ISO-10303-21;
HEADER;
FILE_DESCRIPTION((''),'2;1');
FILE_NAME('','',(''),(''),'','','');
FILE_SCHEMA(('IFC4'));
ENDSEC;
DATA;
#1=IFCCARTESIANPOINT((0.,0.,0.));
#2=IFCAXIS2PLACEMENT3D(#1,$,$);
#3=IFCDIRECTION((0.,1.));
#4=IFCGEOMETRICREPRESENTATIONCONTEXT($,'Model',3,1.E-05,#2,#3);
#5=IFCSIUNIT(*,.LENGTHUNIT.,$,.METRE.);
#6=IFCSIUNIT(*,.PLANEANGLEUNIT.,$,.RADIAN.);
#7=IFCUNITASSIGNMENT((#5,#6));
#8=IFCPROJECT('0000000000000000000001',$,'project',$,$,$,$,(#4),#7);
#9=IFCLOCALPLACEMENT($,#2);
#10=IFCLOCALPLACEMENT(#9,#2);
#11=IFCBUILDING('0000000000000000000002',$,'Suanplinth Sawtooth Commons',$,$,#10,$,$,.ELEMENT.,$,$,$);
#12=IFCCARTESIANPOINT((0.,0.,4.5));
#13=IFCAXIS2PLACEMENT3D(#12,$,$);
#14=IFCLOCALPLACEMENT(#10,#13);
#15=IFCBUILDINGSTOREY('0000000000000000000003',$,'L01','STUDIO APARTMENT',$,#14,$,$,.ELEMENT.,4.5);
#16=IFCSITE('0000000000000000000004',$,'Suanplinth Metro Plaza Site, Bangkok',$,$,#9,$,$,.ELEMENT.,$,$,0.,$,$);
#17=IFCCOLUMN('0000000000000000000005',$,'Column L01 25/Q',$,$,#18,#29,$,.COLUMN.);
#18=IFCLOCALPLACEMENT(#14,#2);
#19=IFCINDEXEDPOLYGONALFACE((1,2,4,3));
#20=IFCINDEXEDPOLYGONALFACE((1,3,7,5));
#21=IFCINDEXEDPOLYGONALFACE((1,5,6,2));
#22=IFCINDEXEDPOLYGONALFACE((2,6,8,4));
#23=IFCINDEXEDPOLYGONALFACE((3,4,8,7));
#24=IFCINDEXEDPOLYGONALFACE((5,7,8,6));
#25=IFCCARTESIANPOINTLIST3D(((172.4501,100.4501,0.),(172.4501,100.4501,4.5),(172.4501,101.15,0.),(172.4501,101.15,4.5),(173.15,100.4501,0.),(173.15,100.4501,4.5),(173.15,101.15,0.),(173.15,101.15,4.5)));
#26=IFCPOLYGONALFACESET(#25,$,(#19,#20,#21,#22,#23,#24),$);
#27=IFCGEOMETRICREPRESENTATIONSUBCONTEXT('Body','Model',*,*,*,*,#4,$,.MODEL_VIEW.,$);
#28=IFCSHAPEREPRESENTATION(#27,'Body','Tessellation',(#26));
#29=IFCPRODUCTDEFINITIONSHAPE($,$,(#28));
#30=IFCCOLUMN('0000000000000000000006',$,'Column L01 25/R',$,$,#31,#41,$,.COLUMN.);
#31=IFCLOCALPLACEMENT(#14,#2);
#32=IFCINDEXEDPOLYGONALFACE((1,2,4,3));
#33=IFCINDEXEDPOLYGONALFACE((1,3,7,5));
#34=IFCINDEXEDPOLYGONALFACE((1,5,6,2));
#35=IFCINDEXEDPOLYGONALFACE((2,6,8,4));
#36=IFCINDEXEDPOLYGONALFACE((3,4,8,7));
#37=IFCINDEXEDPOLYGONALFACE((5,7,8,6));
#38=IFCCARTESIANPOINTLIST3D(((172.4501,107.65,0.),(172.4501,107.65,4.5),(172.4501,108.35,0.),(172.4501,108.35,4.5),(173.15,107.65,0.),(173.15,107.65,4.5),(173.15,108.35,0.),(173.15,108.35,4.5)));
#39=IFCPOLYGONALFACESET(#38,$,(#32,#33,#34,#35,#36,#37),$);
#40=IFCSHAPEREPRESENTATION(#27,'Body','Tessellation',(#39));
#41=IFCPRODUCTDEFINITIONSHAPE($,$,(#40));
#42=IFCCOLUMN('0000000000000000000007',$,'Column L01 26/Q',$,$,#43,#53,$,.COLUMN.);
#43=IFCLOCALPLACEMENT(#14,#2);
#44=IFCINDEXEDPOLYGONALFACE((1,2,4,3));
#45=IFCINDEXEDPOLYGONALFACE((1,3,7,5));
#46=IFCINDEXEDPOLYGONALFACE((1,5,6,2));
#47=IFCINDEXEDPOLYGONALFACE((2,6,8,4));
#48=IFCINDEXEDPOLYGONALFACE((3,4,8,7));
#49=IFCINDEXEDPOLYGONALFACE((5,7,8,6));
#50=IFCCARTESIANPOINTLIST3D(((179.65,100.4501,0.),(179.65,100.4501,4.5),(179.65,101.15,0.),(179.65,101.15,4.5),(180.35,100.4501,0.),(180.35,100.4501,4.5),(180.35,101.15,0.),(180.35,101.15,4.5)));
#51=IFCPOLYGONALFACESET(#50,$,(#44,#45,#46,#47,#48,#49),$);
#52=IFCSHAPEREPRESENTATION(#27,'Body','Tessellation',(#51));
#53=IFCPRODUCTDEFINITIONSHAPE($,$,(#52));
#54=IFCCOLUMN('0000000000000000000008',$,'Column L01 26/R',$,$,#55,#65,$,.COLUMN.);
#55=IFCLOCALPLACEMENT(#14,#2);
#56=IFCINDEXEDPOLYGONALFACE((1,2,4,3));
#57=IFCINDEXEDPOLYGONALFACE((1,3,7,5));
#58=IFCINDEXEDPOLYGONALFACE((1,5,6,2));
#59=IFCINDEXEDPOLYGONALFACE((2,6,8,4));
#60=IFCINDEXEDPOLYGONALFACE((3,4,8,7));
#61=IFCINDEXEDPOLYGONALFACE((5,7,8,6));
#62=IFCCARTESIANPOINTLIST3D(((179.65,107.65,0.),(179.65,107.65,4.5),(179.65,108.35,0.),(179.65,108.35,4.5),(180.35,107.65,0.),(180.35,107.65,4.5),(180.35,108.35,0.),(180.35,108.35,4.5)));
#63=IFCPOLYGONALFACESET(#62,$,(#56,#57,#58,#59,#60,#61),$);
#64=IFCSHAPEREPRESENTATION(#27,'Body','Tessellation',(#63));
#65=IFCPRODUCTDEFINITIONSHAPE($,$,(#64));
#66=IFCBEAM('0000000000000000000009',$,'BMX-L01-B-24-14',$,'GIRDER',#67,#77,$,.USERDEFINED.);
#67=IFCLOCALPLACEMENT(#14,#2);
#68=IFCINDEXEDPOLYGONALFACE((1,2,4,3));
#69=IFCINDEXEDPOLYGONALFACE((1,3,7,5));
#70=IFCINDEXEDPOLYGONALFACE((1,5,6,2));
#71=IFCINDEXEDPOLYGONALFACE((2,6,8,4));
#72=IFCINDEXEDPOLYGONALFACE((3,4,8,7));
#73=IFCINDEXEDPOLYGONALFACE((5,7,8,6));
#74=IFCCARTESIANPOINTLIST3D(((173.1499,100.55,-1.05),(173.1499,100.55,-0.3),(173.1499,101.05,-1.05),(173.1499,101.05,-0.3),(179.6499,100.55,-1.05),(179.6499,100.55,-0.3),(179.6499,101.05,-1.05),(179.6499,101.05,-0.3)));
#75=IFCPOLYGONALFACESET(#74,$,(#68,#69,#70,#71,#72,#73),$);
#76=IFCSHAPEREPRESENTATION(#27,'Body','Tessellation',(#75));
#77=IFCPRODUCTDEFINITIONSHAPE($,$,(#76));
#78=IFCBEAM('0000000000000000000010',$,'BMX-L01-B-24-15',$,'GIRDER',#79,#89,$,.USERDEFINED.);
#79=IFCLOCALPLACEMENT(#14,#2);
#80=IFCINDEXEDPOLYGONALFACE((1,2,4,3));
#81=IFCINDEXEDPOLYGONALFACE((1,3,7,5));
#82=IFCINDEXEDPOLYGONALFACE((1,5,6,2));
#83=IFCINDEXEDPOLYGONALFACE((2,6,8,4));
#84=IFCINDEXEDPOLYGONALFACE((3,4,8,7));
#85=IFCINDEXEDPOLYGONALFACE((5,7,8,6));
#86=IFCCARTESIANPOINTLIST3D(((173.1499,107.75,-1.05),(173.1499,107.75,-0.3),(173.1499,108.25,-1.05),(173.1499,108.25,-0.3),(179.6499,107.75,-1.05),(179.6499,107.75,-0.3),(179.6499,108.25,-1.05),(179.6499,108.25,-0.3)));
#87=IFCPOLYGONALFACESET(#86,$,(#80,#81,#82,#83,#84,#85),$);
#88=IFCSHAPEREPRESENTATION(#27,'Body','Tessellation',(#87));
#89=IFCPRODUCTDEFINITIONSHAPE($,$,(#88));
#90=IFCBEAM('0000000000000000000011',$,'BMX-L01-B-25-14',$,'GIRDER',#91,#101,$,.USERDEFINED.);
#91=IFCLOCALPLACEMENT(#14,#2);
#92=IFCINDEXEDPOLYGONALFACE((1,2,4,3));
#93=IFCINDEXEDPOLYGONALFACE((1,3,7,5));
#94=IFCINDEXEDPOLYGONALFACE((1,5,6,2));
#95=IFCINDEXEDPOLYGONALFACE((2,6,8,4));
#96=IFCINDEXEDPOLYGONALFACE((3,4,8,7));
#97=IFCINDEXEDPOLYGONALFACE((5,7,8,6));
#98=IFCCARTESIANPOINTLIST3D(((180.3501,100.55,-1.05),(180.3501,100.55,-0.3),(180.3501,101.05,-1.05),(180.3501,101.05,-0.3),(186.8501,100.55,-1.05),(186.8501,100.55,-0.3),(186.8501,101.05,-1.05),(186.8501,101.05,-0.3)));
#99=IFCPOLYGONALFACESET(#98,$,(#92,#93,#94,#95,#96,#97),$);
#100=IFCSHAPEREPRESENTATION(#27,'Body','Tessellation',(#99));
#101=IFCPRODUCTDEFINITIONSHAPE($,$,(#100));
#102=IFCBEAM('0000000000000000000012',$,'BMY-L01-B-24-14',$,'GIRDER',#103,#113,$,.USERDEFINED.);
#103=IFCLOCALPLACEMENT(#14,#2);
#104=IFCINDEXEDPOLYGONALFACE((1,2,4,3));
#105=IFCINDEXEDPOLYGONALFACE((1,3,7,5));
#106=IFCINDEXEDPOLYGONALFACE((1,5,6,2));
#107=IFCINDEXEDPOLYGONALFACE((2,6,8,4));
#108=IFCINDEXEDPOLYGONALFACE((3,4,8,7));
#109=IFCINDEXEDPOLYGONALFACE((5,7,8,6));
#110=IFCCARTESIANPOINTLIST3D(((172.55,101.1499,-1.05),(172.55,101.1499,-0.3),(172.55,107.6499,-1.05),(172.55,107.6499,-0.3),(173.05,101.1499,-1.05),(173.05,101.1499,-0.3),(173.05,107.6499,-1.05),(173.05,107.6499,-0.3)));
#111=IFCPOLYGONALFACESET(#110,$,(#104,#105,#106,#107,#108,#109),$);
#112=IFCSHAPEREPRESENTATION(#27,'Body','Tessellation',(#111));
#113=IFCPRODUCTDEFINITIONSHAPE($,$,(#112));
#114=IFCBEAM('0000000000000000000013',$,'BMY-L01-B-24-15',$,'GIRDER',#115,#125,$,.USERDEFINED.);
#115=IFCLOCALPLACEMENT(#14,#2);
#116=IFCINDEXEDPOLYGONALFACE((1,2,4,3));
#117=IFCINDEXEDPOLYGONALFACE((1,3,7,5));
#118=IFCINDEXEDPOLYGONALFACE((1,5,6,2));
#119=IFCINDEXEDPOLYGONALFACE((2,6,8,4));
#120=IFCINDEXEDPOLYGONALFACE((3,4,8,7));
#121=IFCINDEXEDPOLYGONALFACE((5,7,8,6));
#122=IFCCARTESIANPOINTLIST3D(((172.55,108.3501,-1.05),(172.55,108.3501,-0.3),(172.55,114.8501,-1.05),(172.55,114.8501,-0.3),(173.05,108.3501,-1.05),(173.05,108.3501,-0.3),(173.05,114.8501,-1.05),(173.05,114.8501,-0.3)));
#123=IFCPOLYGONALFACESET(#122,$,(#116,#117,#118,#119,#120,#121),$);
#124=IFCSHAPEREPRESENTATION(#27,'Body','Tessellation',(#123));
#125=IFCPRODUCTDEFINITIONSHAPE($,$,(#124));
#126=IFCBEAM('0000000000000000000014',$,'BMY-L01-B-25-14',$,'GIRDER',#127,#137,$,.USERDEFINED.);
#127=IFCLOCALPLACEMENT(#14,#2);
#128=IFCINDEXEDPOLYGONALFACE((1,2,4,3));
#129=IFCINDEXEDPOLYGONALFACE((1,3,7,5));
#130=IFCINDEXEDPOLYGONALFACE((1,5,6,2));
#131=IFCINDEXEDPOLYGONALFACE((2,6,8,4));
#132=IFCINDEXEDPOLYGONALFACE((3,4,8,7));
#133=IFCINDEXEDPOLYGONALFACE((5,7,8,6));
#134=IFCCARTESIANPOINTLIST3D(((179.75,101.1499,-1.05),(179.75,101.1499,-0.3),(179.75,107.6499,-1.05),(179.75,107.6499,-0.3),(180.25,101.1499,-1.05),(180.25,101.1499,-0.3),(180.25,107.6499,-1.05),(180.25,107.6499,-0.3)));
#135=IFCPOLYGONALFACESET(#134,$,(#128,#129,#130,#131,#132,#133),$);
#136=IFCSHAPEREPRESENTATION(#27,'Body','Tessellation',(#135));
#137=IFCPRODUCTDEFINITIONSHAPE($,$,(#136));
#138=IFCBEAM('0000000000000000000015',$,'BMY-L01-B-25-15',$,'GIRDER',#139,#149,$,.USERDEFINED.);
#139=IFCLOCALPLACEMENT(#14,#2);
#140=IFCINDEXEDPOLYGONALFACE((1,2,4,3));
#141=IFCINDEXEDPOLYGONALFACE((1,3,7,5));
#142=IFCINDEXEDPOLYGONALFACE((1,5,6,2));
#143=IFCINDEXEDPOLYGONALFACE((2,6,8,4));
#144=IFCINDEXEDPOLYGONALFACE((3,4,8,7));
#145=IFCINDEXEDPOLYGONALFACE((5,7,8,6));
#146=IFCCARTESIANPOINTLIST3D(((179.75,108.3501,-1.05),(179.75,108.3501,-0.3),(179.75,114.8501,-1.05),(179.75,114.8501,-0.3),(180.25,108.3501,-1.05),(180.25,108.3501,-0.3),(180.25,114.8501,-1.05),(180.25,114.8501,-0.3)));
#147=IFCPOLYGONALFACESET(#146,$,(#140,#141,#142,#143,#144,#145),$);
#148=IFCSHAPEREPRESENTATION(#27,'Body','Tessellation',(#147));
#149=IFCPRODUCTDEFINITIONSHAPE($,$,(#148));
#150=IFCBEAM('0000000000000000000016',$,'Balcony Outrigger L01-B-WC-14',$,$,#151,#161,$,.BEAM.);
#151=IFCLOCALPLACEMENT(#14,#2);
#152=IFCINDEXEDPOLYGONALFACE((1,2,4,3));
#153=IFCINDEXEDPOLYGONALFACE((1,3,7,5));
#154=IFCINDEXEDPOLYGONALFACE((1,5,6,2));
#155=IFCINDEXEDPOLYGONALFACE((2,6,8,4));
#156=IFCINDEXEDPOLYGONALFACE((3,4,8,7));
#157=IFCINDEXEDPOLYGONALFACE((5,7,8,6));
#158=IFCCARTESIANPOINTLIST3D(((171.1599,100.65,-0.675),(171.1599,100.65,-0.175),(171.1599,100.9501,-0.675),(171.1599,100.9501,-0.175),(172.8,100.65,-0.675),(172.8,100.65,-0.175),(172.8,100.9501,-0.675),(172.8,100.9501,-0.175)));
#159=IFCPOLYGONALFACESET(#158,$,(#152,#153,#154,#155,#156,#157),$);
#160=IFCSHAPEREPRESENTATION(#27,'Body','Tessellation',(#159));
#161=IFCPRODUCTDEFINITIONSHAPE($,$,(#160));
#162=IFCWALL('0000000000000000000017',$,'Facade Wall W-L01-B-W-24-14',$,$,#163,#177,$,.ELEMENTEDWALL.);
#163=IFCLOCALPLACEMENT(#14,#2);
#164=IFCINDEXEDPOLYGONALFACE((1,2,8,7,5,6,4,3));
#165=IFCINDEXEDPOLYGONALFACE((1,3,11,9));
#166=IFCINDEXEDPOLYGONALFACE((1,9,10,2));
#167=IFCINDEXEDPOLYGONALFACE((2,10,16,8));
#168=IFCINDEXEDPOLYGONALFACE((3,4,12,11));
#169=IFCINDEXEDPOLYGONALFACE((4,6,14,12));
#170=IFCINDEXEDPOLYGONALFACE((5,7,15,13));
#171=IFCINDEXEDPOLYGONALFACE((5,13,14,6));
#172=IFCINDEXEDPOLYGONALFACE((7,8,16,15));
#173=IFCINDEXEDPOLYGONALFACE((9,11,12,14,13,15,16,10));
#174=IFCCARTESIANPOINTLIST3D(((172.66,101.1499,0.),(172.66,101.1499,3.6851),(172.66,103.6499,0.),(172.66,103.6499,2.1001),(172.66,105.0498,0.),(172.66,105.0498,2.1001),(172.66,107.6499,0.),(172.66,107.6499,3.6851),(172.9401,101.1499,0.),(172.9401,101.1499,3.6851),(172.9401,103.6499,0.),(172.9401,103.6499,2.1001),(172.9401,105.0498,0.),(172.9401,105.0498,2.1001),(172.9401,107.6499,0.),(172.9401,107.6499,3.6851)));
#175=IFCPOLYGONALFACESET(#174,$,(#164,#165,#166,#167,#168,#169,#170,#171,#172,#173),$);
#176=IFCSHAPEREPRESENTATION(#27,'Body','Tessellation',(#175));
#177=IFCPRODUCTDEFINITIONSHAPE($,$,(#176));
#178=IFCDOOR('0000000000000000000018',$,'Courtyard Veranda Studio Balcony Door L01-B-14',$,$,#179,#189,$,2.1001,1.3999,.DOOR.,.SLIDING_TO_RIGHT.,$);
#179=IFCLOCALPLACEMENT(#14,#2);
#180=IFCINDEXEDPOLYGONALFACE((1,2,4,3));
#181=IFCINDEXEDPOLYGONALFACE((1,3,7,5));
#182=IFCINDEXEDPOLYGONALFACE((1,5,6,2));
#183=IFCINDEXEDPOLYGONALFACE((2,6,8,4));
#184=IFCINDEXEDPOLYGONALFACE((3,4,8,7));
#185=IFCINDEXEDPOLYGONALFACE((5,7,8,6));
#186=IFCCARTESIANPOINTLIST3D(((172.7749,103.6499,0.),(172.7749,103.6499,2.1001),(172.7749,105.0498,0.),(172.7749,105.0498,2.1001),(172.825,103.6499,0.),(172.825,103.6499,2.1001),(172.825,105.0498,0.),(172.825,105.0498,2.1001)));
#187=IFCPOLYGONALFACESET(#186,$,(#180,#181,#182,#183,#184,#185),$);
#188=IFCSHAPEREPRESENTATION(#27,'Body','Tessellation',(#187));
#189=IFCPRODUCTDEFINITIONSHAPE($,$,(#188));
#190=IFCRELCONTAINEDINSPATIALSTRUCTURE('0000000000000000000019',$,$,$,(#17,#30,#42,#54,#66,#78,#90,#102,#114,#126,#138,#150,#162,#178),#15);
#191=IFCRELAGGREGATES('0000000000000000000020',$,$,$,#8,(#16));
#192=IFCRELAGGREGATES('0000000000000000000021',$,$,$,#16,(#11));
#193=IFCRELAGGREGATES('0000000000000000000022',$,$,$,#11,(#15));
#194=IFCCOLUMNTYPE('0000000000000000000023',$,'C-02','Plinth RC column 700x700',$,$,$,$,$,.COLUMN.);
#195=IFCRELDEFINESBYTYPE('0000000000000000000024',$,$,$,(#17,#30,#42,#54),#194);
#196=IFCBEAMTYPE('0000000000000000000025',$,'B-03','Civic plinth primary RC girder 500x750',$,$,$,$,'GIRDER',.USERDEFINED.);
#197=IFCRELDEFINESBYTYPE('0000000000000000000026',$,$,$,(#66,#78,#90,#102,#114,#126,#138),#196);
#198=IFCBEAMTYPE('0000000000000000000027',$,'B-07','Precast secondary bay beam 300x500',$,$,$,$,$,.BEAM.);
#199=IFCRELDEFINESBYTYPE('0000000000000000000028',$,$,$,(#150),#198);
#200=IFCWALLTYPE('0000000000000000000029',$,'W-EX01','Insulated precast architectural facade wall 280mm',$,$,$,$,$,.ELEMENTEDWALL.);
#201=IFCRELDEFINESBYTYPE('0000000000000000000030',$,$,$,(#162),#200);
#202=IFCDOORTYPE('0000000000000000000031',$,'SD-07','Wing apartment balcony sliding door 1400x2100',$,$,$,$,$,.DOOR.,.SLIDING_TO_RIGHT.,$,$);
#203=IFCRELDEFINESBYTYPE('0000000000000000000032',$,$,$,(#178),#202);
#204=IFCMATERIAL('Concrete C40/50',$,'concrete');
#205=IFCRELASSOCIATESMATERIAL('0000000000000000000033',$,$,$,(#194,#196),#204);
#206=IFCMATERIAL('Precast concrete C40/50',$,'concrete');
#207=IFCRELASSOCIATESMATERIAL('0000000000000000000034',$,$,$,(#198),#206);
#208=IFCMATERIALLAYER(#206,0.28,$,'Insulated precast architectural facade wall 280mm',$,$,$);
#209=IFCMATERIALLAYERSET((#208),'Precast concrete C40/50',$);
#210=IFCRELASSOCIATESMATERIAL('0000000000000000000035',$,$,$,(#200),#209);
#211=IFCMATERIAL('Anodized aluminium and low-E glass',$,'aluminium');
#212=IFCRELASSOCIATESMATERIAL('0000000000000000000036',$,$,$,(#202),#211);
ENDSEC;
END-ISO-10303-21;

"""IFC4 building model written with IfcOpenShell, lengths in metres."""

from ifc_helpers import new_model, si_unit, direction, frame, frame_2d, origin, origin_2d, place, context, subcontext, project, spatial, rectangle, extrude, material, layer, layer_set, material_profile, profile_set, type_object, element, fill, save


model = new_model("IFC4")

# Units and contexts
model_context = context("Model", 3, precision=1e-05, world=origin(), true_north=direction((0.0, 1.0)))
body_context = subcontext(model_context, "Body", "Model", "MODEL_VIEW")
ifc_project = project(units=[si_unit("LENGTHUNIT", "METRE"), si_unit("PLANEANGLEUNIT", "RADIAN")], contexts=[model_context])

# Site, building, storey
site_placement = place(None, origin())
site = spatial("IfcSite", under=ifc_project, at=site_placement, Name="Suanplinth Metro Plaza Site, Bangkok", CompositionType="ELEMENT", RefElevation=0.0)
building_placement = place(site_placement, origin())
building = spatial("IfcBuilding", under=site, at=building_placement, Name="Suanplinth Sawtooth Commons", CompositionType="ELEMENT")
storey_placement = place(building_placement, frame((0.0, 0.0, 4.5)))
storey = spatial("IfcBuildingStorey", under=building, at=storey_placement, Name="L01", Description="STUDIO APARTMENT", CompositionType="ELEMENT", Elevation=4.5)

# Columns
ifc_material_1 = material(Name="Concrete C40/50", Category="concrete")
ifc_material_profile_1 = material_profile(ifc_material_1, rectangle(XDim=0.7, YDim=0.7, at=origin_2d()), Name="RC-COL 700x700")
ifc_profile_set_1 = profile_set([ifc_material_profile_1], Name="Concrete C40/50")
column_type = type_object("IfcColumnType", Name="C-02", Description="Plinth RC column 700x700", PredefinedType="COLUMN", material=ifc_profile_set_1)
for number, where, z_axis, x_axis, name in (
    (1, (172.8, 100.8, 0.0), (0.0, 0.0, 1.0), (1.0, 0.0, 0.0), "Column L01 25/Q"),
    (2, (172.8, 108.0, 0.0), (0.0, 0.0, 1.0), (1.0, 0.0, 0.0), "Column L01 25/R"),
    (3, (180.0, 100.8, 0.0), (0.0, 0.0, 1.0), (1.0, 0.0, 0.0), "Column L01 26/Q"),
    (4, (180.0, 108.0, 0.0), (0.0, 0.0, 1.0), (1.0, 0.0, 0.0), "Column L01 26/R"),
):
    element("IfcColumn", number, at=place(storey_placement, frame(where, z_axis=z_axis, x_axis=x_axis)), inside=storey, type_object=column_type, Name=name, PredefinedType="COLUMN", context=body_context, shape_type="SweptSolid", body=[
        extrude(rectangle(XDim=0.7, YDim=0.7, at=origin_2d()), origin(), (0.0, 0.0, 1.0), 4.5),
    ])

# Beams
ifc_material_profile_2 = material_profile(ifc_material_1, rectangle(XDim=0.5, YDim=0.75, at=origin_2d()), Name="RC-GDR 500x750")
ifc_profile_set_2 = profile_set([ifc_material_profile_2], Name="Concrete C40/50")
beam_type_1 = type_object("IfcBeamType", Name="B-03", Description="Civic plinth primary RC girder 500x750", ElementType="GIRDER", PredefinedType="USERDEFINED", material=ifc_profile_set_2)
for number, where, z_axis, x_axis, name in (
    (5, (173.1499, 100.8, -0.675), (1.0, 0.0, 0.0), (0.0, 1.0, 0.0), "BMX-L01-B-24-14"),
    (6, (173.1499, 108.0, -0.675), (1.0, 0.0, 0.0), (0.0, 1.0, 0.0), "BMX-L01-B-24-15"),
    (7, (180.3501, 100.8, -0.675), (1.0, 0.0, 0.0), (0.0, 1.0, 0.0), "BMX-L01-B-25-14"),
    (8, (172.8, 101.1499, -0.675), (0.0, 1.0, 0.0), (-1.0, 0.0, 0.0), "BMY-L01-B-24-14"),
    (9, (172.8, 108.3501, -0.675), (0.0, 1.0, 0.0), (-1.0, 0.0, 0.0), "BMY-L01-B-24-15"),
    (10, (180.0, 101.1499, -0.675), (0.0, 1.0, 0.0), (-1.0, 0.0, 0.0), "BMY-L01-B-25-14"),
    (11, (180.0, 108.3501, -0.675), (0.0, 1.0, 0.0), (-1.0, 0.0, 0.0), "BMY-L01-B-25-15"),
):
    element("IfcBeam", number, at=place(storey_placement, frame(where, z_axis=z_axis, x_axis=x_axis)), inside=storey, type_object=beam_type_1, Name=name, ObjectType="GIRDER", PredefinedType="USERDEFINED", context=body_context, shape_type="SweptSolid", body=[
        extrude(rectangle(XDim=0.5, YDim=0.75, at=origin_2d()), origin(), (0.0, 0.0, 1.0), 6.5),
    ])
ifc_material_2 = material(Name="Precast concrete C40/50", Category="concrete")
ifc_material_profile_3 = material_profile(ifc_material_2, rectangle(XDim=0.3, YDim=0.5, at=origin_2d()), Name="PC-BM 300x500")
ifc_profile_set_3 = profile_set([ifc_material_profile_3], Name="Precast concrete C40/50")
beam_type_2 = type_object("IfcBeamType", Name="B-07", Description="Precast secondary bay beam 300x500", PredefinedType="BEAM", material=ifc_profile_set_3)
beam_placement = place(storey_placement, frame((172.8, 100.8, -0.425), z_axis=(-1.0, 0.0, 0.0), x_axis=(0.0, -1.0, 0.0)))
element("IfcBeam", 12, at=beam_placement, inside=storey, type_object=beam_type_2, Name="Balcony Outrigger L01-B-WC-14", PredefinedType="BEAM", context=body_context, shape_type="SweptSolid", body=[
    extrude(rectangle(XDim=0.3, YDim=0.5, at=origin_2d()), origin(), (0.0, 0.0, 1.0), 1.6401),
])

# Wall, opening, door
ifc_layer_1 = layer(ifc_material_2, 0.28, Name="Insulated precast architectural facade wall 280mm")
ifc_layer_set_1 = layer_set([ifc_layer_1], Name="Precast concrete C40/50")
wall_type_1 = type_object("IfcWallType", Name="W-EX01", Description="Insulated precast architectural facade wall 280mm", PredefinedType="ELEMENTEDWALL", material=ifc_layer_set_1)
wall_1_placement = place(storey_placement, frame((172.8, 101.1499, 0.0), z_axis=(0.0, 0.0, 1.0), x_axis=(0.0, 1.0, 0.0)))
wall_1 = element("IfcWall", 13, at=wall_1_placement, inside=storey, type_object=wall_type_1, Name="Facade Wall W-L01-B-W-24-14", PredefinedType="ELEMENTEDWALL", context=body_context, shape_type="SweptSolid", body=[
    extrude(rectangle(XDim=6.5, YDim=0.28, at=frame_2d((3.25, 0.0))), origin(), (0.0, 0.0, 1.0), 3.6851),
])
opening_1_placement = place(wall_1_placement, frame((2.5, 0.0, 0.0)))
opening_1 = element("IfcOpeningElement", 14, at=opening_1_placement, cuts=wall_1, PredefinedType="OPENING", context=body_context, shape_type="SweptSolid", body=[
    extrude(rectangle(XDim=1.3999, YDim=2.1001, at=frame_2d((0.7, 1.05))), frame((0.0, 0.1548, 0.0), z_axis=(0.0, -1.0, 0.0), x_axis=(1.0, 0.0, 0.0)), (0.0, 0.0, 1.0), 0.3098),
])
ifc_material_3 = material(Name="Anodized aluminium and low-E glass", Category="aluminium")
door_type_1 = type_object("IfcDoorType", Name="SD-07", Description="Wing apartment balcony sliding door 1400x2100", OperationType="SLIDING_TO_RIGHT", PredefinedType="DOOR", material=ifc_material_3)
door_1_placement = place(opening_1_placement, frame((1.3999, 0.0, 0.0), z_axis=(0.0, 0.0, 1.0), x_axis=(-1.0, 0.0, 0.0)))
door_1 = element("IfcDoor", 15, at=door_1_placement, inside=storey, type_object=door_type_1, Name="Courtyard Veranda Studio Balcony Door L01-B-14", OperationType="SLIDING_TO_RIGHT", OverallHeight=2.1001, OverallWidth=1.3999, PredefinedType="DOOR", context=body_context, shape_type="SweptSolid", body=[
    extrude(rectangle(XDim=1.3999, YDim=2.1001, at=frame_2d((0.7, 1.05))), frame((0.0, 0.0249, 0.0), z_axis=(0.0, -1.0, 0.0), x_axis=(1.0, 0.0, 0.0)), (0.0, 0.0, 1.0), 0.05),
])
fill(opening_1, door_1)

save(model, "model.ifc")
